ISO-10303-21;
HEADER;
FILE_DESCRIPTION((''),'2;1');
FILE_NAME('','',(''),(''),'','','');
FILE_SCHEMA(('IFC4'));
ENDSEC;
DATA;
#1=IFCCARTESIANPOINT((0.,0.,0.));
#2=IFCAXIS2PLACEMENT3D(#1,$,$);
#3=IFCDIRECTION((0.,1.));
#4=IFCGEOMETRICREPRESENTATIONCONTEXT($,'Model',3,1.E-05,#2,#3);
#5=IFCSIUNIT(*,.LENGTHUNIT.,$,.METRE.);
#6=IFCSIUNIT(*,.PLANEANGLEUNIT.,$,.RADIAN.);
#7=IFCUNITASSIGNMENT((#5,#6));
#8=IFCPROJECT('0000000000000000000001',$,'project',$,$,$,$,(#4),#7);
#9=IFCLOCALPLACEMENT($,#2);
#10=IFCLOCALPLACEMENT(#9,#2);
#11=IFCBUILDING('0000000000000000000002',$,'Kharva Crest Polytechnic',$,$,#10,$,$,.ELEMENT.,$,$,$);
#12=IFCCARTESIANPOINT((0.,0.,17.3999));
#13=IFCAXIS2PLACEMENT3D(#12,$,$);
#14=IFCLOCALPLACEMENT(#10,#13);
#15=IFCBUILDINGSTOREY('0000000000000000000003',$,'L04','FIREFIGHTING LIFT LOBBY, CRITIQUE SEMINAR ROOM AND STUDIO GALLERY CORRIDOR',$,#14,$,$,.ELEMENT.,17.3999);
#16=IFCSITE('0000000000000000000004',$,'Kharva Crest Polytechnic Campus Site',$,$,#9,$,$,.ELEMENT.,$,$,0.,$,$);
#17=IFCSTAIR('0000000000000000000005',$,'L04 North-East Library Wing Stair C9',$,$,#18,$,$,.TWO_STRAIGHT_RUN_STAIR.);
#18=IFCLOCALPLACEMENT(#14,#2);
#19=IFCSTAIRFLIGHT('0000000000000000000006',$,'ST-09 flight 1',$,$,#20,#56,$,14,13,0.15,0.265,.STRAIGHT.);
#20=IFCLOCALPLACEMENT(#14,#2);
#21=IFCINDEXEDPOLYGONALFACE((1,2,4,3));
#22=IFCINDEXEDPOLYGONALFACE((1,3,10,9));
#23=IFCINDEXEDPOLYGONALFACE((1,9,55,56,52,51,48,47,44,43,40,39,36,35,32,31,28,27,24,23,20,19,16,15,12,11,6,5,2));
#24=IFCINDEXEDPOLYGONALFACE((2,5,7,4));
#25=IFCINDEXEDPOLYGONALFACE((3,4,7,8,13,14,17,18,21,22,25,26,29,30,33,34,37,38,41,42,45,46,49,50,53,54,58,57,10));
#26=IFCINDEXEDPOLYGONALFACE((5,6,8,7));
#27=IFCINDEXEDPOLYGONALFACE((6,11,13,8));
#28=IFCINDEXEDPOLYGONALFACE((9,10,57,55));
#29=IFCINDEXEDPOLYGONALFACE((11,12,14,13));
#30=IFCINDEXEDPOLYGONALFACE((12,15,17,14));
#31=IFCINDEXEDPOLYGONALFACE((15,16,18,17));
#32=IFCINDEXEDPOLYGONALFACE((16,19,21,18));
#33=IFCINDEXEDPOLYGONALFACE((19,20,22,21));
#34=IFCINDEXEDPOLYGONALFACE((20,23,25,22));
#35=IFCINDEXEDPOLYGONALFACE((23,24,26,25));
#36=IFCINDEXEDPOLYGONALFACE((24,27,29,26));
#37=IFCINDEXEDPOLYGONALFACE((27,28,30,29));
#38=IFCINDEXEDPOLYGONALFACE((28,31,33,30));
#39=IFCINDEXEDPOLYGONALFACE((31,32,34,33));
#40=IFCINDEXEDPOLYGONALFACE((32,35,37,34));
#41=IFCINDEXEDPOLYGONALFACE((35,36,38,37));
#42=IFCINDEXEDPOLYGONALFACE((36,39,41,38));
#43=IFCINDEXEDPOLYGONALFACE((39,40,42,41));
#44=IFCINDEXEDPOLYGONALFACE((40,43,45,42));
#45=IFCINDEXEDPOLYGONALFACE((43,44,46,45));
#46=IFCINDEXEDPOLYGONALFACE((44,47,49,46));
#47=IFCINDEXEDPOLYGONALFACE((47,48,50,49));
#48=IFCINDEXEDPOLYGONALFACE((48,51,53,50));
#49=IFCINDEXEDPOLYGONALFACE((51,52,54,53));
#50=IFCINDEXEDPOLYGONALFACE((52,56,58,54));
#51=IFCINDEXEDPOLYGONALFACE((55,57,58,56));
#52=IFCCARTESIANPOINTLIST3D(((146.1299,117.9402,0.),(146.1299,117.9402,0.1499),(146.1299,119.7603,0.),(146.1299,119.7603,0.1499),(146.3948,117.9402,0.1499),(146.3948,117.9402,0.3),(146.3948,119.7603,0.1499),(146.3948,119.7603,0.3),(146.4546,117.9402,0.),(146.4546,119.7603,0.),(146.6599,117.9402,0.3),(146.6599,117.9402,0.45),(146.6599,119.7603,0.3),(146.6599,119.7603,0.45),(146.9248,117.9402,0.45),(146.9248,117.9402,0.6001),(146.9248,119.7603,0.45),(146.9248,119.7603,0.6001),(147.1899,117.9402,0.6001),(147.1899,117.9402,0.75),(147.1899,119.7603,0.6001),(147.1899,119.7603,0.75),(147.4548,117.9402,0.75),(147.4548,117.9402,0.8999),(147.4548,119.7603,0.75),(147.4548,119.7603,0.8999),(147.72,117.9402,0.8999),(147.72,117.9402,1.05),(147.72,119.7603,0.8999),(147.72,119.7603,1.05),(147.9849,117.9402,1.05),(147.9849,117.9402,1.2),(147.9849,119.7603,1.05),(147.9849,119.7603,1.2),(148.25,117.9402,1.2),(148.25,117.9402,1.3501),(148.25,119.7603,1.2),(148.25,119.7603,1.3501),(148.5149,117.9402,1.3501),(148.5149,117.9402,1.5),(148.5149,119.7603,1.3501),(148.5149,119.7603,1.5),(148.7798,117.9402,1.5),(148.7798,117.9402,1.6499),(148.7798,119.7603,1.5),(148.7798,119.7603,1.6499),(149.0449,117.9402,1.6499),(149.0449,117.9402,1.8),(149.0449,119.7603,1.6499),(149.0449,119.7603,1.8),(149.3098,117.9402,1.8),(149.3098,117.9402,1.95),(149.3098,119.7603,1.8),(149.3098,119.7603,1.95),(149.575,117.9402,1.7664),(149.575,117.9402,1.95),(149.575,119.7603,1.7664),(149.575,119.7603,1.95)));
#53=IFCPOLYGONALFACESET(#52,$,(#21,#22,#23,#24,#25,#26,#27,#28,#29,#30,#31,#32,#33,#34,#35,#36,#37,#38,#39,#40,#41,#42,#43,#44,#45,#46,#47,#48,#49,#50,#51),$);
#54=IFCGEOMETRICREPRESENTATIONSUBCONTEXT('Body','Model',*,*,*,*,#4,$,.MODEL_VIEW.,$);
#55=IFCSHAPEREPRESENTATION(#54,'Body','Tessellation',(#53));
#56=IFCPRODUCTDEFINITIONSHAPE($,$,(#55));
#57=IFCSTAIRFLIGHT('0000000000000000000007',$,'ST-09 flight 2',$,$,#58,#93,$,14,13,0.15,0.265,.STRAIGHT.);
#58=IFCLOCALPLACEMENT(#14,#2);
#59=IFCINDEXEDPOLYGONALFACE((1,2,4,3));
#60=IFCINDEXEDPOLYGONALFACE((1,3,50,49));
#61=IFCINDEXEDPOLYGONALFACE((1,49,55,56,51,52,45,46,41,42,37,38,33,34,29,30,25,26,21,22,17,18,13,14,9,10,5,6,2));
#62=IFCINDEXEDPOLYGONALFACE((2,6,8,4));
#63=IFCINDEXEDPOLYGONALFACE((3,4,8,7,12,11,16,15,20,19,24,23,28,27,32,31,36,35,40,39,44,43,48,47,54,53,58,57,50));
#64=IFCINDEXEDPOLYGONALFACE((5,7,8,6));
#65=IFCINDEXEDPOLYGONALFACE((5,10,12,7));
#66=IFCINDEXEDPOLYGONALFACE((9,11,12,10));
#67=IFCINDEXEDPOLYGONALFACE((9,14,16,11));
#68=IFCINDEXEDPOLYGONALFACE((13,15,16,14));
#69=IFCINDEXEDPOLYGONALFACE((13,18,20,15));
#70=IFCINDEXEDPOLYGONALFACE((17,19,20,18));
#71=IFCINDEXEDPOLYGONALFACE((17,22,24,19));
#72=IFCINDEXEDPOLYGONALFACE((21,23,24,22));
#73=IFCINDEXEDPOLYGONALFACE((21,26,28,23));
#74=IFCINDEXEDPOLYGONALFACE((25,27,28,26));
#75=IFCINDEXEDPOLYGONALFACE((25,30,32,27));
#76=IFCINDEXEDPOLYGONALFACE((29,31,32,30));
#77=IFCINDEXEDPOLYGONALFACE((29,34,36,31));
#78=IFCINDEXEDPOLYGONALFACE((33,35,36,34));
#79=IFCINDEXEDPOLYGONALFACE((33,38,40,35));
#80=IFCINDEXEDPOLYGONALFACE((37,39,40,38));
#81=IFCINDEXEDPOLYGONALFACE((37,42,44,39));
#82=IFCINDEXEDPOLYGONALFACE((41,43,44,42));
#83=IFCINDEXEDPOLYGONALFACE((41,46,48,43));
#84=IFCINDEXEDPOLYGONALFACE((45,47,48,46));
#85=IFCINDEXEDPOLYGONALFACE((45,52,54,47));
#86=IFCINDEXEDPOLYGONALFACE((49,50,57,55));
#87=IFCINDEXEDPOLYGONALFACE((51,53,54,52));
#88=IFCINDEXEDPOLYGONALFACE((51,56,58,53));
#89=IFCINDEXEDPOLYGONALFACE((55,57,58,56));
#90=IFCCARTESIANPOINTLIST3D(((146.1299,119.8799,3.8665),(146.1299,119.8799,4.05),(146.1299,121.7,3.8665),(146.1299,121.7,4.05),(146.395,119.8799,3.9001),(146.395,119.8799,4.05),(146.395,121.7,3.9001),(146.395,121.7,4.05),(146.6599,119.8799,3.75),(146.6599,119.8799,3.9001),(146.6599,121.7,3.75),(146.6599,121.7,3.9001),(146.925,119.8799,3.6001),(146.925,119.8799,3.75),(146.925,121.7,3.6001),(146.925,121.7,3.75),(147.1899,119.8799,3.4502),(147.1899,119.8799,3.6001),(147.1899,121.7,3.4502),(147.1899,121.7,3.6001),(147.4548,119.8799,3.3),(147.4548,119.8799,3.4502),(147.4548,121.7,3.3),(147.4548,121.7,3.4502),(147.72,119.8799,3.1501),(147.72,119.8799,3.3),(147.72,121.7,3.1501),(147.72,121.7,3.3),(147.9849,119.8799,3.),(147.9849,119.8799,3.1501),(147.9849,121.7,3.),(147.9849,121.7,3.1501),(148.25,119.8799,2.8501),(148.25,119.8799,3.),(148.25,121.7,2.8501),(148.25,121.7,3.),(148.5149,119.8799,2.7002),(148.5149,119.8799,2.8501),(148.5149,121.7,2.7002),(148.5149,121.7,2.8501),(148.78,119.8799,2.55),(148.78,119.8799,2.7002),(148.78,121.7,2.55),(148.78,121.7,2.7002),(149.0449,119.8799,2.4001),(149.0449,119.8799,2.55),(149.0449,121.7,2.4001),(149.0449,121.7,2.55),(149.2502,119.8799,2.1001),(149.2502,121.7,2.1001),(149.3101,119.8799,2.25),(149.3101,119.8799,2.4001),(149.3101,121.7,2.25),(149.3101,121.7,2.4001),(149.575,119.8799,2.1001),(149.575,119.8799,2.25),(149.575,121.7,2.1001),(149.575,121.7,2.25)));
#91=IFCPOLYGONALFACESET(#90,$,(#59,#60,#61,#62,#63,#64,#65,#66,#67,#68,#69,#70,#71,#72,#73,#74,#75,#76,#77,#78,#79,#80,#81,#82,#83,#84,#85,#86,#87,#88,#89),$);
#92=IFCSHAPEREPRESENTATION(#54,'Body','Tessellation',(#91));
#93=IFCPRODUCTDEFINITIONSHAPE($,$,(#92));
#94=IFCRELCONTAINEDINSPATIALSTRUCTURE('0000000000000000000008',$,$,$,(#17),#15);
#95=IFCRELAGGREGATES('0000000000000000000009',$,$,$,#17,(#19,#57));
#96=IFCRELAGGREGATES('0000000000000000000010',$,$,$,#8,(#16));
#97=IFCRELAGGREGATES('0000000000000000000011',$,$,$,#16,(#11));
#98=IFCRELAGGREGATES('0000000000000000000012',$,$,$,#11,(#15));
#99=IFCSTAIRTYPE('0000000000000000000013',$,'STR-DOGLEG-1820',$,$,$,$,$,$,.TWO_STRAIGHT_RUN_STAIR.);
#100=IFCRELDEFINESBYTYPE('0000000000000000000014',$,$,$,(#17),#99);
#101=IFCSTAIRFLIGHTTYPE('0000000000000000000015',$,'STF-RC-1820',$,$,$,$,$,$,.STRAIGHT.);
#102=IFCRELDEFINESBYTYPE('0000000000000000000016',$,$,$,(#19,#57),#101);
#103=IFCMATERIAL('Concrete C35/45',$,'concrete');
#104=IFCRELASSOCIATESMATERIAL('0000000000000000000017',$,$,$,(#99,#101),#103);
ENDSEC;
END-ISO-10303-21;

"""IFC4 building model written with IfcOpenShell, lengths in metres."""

from ifc_helpers import new_model, si_unit, direction, frame, origin, place, context, subcontext, project, spatial, polyline, outline, extrude, material, type_object, element, aggregate, save


model = new_model("IFC4")

# Units and contexts
model_context = context("Model", 3, precision=1e-05, world=origin(), true_north=direction((0.0, 1.0)))
body_context = subcontext(model_context, "Body", "Model", "MODEL_VIEW")
ifc_project = project(units=[si_unit("LENGTHUNIT", "METRE"), si_unit("PLANEANGLEUNIT", "RADIAN")], contexts=[model_context])

# Site, building, storey
site_placement = place(None, origin())
site = spatial("IfcSite", under=ifc_project, at=site_placement, Name="Kharva Crest Polytechnic Campus Site", CompositionType="ELEMENT", RefElevation=0.0)
building_placement = place(site_placement, origin())
building = spatial("IfcBuilding", under=site, at=building_placement, Name="Kharva Crest Polytechnic", CompositionType="ELEMENT")
storey_placement = place(building_placement, frame((0.0, 0.0, 17.3999)))
storey = spatial("IfcBuildingStorey", under=building, at=storey_placement, Name="L04", Description="FIREFIGHTING LIFT LOBBY, CRITIQUE SEMINAR ROOM AND STUDIO GALLERY CORRIDOR", CompositionType="ELEMENT", Elevation=17.3999)

# Shared definitions
ifc_material_1 = material(Name="Concrete C35/45", Category="concrete")

# Stair, stair flights
stair_type = type_object("IfcStairType", Name="STR-DOGLEG-1820", PredefinedType="TWO_STRAIGHT_RUN_STAIR", material=ifc_material_1)
stair_placement = place(storey_placement, origin())
stair = element("IfcStair", 1, at=stair_placement, inside=storey, type_object=stair_type, Name="L04 North-East Library Wing Stair C9", PredefinedType="TWO_STRAIGHT_RUN_STAIR")
stair_flight_type = type_object("IfcStairFlightType", Name="STF-RC-1820", PredefinedType="STRAIGHT", material=ifc_material_1)
stair_flight_1_placement = place(storey_placement, frame((146.1299, 118.8501, 0.0), z_axis=(0.0, 0.0, 1.0), x_axis=(1.0, 0.0, 0.0)))
stair_flight_1 = element("IfcStairFlight", 2, at=stair_flight_1_placement, type_object=stair_flight_type, Name="ST-09 flight 1", NumberOfRisers=14, NumberOfTreads=13, PredefinedType="STRAIGHT", RiserHeight=0.15, TreadLength=0.265, context=body_context, shape_type="SweptSolid", body=[
    extrude(outline(polyline([(0.0, 0.0), (0.0, 0.1499), (0.2649, 0.1499), (0.2649, 0.3), (0.53, 0.3), (0.53, 0.45), (0.7949, 0.45), (0.7949, 0.6001), (1.0601, 0.6001), (1.0601, 0.75), (1.325, 0.75), (1.325, 0.8999), (1.5901, 0.8999), (1.5901, 1.05), (1.855, 1.05), (1.855, 1.2), (2.1201, 1.2), (2.1201, 1.3501), (2.385, 1.3501), (2.385, 1.5), (2.6499, 1.5), (2.6499, 1.6499), (2.915, 1.6499), (2.915, 1.8), (3.1799, 1.8), (3.1799, 1.95), (3.4451, 1.95), (3.4451, 2.1001), (3.4451, 1.7664), (0.3247, 0.0), (0.0, 0.0)])), frame((0.0, 0.9102, 0.0), z_axis=(0.0, -1.0, 0.0), x_axis=(1.0, 0.0, 0.0)), (0.0, 0.0, 1.0), 1.8201),
])
stair_flight_2_placement = place(storey_placement, frame((149.575, 120.79, 2.1001), z_axis=(0.0, 0.0, 1.0), x_axis=(-1.0, 0.0, 0.0)))
stair_flight_2 = element("IfcStairFlight", 3, at=stair_flight_2_placement, type_object=stair_flight_type, Name="ST-09 flight 2", NumberOfRisers=14, NumberOfTreads=13, PredefinedType="STRAIGHT", RiserHeight=0.15, TreadLength=0.265, context=body_context, shape_type="SweptSolid", body=[
    extrude(outline(polyline([(0.0, 0.0), (0.0, 0.1499), (0.2649, 0.1499), (0.2649, 0.3), (0.53, 0.3), (0.53, 0.45), (0.7949, 0.45), (0.7949, 0.6001), (1.0601, 0.6001), (1.0601, 0.75), (1.325, 0.75), (1.325, 0.8999), (1.5901, 0.8999), (1.5901, 1.05), (1.855, 1.05), (1.855, 1.2), (2.1201, 1.2), (2.1201, 1.3501), (2.385, 1.3501), (2.385, 1.5), (2.6499, 1.5), (2.6499, 1.6499), (2.915, 1.6499), (2.915, 1.8), (3.1799, 1.8), (3.1799, 1.95), (3.4451, 1.95), (3.4451, 2.1001), (3.4451, 1.7664), (0.3247, 0.0), (0.0, 0.0)])), frame((0.0, 0.9102, 0.0), z_axis=(0.0, -1.0, 0.0), x_axis=(1.0, 0.0, 0.0)), (0.0, 0.0, 1.0), 1.8201),
])
aggregate(stair, [stair_flight_1, stair_flight_2])

save(model, "model.ifc")
